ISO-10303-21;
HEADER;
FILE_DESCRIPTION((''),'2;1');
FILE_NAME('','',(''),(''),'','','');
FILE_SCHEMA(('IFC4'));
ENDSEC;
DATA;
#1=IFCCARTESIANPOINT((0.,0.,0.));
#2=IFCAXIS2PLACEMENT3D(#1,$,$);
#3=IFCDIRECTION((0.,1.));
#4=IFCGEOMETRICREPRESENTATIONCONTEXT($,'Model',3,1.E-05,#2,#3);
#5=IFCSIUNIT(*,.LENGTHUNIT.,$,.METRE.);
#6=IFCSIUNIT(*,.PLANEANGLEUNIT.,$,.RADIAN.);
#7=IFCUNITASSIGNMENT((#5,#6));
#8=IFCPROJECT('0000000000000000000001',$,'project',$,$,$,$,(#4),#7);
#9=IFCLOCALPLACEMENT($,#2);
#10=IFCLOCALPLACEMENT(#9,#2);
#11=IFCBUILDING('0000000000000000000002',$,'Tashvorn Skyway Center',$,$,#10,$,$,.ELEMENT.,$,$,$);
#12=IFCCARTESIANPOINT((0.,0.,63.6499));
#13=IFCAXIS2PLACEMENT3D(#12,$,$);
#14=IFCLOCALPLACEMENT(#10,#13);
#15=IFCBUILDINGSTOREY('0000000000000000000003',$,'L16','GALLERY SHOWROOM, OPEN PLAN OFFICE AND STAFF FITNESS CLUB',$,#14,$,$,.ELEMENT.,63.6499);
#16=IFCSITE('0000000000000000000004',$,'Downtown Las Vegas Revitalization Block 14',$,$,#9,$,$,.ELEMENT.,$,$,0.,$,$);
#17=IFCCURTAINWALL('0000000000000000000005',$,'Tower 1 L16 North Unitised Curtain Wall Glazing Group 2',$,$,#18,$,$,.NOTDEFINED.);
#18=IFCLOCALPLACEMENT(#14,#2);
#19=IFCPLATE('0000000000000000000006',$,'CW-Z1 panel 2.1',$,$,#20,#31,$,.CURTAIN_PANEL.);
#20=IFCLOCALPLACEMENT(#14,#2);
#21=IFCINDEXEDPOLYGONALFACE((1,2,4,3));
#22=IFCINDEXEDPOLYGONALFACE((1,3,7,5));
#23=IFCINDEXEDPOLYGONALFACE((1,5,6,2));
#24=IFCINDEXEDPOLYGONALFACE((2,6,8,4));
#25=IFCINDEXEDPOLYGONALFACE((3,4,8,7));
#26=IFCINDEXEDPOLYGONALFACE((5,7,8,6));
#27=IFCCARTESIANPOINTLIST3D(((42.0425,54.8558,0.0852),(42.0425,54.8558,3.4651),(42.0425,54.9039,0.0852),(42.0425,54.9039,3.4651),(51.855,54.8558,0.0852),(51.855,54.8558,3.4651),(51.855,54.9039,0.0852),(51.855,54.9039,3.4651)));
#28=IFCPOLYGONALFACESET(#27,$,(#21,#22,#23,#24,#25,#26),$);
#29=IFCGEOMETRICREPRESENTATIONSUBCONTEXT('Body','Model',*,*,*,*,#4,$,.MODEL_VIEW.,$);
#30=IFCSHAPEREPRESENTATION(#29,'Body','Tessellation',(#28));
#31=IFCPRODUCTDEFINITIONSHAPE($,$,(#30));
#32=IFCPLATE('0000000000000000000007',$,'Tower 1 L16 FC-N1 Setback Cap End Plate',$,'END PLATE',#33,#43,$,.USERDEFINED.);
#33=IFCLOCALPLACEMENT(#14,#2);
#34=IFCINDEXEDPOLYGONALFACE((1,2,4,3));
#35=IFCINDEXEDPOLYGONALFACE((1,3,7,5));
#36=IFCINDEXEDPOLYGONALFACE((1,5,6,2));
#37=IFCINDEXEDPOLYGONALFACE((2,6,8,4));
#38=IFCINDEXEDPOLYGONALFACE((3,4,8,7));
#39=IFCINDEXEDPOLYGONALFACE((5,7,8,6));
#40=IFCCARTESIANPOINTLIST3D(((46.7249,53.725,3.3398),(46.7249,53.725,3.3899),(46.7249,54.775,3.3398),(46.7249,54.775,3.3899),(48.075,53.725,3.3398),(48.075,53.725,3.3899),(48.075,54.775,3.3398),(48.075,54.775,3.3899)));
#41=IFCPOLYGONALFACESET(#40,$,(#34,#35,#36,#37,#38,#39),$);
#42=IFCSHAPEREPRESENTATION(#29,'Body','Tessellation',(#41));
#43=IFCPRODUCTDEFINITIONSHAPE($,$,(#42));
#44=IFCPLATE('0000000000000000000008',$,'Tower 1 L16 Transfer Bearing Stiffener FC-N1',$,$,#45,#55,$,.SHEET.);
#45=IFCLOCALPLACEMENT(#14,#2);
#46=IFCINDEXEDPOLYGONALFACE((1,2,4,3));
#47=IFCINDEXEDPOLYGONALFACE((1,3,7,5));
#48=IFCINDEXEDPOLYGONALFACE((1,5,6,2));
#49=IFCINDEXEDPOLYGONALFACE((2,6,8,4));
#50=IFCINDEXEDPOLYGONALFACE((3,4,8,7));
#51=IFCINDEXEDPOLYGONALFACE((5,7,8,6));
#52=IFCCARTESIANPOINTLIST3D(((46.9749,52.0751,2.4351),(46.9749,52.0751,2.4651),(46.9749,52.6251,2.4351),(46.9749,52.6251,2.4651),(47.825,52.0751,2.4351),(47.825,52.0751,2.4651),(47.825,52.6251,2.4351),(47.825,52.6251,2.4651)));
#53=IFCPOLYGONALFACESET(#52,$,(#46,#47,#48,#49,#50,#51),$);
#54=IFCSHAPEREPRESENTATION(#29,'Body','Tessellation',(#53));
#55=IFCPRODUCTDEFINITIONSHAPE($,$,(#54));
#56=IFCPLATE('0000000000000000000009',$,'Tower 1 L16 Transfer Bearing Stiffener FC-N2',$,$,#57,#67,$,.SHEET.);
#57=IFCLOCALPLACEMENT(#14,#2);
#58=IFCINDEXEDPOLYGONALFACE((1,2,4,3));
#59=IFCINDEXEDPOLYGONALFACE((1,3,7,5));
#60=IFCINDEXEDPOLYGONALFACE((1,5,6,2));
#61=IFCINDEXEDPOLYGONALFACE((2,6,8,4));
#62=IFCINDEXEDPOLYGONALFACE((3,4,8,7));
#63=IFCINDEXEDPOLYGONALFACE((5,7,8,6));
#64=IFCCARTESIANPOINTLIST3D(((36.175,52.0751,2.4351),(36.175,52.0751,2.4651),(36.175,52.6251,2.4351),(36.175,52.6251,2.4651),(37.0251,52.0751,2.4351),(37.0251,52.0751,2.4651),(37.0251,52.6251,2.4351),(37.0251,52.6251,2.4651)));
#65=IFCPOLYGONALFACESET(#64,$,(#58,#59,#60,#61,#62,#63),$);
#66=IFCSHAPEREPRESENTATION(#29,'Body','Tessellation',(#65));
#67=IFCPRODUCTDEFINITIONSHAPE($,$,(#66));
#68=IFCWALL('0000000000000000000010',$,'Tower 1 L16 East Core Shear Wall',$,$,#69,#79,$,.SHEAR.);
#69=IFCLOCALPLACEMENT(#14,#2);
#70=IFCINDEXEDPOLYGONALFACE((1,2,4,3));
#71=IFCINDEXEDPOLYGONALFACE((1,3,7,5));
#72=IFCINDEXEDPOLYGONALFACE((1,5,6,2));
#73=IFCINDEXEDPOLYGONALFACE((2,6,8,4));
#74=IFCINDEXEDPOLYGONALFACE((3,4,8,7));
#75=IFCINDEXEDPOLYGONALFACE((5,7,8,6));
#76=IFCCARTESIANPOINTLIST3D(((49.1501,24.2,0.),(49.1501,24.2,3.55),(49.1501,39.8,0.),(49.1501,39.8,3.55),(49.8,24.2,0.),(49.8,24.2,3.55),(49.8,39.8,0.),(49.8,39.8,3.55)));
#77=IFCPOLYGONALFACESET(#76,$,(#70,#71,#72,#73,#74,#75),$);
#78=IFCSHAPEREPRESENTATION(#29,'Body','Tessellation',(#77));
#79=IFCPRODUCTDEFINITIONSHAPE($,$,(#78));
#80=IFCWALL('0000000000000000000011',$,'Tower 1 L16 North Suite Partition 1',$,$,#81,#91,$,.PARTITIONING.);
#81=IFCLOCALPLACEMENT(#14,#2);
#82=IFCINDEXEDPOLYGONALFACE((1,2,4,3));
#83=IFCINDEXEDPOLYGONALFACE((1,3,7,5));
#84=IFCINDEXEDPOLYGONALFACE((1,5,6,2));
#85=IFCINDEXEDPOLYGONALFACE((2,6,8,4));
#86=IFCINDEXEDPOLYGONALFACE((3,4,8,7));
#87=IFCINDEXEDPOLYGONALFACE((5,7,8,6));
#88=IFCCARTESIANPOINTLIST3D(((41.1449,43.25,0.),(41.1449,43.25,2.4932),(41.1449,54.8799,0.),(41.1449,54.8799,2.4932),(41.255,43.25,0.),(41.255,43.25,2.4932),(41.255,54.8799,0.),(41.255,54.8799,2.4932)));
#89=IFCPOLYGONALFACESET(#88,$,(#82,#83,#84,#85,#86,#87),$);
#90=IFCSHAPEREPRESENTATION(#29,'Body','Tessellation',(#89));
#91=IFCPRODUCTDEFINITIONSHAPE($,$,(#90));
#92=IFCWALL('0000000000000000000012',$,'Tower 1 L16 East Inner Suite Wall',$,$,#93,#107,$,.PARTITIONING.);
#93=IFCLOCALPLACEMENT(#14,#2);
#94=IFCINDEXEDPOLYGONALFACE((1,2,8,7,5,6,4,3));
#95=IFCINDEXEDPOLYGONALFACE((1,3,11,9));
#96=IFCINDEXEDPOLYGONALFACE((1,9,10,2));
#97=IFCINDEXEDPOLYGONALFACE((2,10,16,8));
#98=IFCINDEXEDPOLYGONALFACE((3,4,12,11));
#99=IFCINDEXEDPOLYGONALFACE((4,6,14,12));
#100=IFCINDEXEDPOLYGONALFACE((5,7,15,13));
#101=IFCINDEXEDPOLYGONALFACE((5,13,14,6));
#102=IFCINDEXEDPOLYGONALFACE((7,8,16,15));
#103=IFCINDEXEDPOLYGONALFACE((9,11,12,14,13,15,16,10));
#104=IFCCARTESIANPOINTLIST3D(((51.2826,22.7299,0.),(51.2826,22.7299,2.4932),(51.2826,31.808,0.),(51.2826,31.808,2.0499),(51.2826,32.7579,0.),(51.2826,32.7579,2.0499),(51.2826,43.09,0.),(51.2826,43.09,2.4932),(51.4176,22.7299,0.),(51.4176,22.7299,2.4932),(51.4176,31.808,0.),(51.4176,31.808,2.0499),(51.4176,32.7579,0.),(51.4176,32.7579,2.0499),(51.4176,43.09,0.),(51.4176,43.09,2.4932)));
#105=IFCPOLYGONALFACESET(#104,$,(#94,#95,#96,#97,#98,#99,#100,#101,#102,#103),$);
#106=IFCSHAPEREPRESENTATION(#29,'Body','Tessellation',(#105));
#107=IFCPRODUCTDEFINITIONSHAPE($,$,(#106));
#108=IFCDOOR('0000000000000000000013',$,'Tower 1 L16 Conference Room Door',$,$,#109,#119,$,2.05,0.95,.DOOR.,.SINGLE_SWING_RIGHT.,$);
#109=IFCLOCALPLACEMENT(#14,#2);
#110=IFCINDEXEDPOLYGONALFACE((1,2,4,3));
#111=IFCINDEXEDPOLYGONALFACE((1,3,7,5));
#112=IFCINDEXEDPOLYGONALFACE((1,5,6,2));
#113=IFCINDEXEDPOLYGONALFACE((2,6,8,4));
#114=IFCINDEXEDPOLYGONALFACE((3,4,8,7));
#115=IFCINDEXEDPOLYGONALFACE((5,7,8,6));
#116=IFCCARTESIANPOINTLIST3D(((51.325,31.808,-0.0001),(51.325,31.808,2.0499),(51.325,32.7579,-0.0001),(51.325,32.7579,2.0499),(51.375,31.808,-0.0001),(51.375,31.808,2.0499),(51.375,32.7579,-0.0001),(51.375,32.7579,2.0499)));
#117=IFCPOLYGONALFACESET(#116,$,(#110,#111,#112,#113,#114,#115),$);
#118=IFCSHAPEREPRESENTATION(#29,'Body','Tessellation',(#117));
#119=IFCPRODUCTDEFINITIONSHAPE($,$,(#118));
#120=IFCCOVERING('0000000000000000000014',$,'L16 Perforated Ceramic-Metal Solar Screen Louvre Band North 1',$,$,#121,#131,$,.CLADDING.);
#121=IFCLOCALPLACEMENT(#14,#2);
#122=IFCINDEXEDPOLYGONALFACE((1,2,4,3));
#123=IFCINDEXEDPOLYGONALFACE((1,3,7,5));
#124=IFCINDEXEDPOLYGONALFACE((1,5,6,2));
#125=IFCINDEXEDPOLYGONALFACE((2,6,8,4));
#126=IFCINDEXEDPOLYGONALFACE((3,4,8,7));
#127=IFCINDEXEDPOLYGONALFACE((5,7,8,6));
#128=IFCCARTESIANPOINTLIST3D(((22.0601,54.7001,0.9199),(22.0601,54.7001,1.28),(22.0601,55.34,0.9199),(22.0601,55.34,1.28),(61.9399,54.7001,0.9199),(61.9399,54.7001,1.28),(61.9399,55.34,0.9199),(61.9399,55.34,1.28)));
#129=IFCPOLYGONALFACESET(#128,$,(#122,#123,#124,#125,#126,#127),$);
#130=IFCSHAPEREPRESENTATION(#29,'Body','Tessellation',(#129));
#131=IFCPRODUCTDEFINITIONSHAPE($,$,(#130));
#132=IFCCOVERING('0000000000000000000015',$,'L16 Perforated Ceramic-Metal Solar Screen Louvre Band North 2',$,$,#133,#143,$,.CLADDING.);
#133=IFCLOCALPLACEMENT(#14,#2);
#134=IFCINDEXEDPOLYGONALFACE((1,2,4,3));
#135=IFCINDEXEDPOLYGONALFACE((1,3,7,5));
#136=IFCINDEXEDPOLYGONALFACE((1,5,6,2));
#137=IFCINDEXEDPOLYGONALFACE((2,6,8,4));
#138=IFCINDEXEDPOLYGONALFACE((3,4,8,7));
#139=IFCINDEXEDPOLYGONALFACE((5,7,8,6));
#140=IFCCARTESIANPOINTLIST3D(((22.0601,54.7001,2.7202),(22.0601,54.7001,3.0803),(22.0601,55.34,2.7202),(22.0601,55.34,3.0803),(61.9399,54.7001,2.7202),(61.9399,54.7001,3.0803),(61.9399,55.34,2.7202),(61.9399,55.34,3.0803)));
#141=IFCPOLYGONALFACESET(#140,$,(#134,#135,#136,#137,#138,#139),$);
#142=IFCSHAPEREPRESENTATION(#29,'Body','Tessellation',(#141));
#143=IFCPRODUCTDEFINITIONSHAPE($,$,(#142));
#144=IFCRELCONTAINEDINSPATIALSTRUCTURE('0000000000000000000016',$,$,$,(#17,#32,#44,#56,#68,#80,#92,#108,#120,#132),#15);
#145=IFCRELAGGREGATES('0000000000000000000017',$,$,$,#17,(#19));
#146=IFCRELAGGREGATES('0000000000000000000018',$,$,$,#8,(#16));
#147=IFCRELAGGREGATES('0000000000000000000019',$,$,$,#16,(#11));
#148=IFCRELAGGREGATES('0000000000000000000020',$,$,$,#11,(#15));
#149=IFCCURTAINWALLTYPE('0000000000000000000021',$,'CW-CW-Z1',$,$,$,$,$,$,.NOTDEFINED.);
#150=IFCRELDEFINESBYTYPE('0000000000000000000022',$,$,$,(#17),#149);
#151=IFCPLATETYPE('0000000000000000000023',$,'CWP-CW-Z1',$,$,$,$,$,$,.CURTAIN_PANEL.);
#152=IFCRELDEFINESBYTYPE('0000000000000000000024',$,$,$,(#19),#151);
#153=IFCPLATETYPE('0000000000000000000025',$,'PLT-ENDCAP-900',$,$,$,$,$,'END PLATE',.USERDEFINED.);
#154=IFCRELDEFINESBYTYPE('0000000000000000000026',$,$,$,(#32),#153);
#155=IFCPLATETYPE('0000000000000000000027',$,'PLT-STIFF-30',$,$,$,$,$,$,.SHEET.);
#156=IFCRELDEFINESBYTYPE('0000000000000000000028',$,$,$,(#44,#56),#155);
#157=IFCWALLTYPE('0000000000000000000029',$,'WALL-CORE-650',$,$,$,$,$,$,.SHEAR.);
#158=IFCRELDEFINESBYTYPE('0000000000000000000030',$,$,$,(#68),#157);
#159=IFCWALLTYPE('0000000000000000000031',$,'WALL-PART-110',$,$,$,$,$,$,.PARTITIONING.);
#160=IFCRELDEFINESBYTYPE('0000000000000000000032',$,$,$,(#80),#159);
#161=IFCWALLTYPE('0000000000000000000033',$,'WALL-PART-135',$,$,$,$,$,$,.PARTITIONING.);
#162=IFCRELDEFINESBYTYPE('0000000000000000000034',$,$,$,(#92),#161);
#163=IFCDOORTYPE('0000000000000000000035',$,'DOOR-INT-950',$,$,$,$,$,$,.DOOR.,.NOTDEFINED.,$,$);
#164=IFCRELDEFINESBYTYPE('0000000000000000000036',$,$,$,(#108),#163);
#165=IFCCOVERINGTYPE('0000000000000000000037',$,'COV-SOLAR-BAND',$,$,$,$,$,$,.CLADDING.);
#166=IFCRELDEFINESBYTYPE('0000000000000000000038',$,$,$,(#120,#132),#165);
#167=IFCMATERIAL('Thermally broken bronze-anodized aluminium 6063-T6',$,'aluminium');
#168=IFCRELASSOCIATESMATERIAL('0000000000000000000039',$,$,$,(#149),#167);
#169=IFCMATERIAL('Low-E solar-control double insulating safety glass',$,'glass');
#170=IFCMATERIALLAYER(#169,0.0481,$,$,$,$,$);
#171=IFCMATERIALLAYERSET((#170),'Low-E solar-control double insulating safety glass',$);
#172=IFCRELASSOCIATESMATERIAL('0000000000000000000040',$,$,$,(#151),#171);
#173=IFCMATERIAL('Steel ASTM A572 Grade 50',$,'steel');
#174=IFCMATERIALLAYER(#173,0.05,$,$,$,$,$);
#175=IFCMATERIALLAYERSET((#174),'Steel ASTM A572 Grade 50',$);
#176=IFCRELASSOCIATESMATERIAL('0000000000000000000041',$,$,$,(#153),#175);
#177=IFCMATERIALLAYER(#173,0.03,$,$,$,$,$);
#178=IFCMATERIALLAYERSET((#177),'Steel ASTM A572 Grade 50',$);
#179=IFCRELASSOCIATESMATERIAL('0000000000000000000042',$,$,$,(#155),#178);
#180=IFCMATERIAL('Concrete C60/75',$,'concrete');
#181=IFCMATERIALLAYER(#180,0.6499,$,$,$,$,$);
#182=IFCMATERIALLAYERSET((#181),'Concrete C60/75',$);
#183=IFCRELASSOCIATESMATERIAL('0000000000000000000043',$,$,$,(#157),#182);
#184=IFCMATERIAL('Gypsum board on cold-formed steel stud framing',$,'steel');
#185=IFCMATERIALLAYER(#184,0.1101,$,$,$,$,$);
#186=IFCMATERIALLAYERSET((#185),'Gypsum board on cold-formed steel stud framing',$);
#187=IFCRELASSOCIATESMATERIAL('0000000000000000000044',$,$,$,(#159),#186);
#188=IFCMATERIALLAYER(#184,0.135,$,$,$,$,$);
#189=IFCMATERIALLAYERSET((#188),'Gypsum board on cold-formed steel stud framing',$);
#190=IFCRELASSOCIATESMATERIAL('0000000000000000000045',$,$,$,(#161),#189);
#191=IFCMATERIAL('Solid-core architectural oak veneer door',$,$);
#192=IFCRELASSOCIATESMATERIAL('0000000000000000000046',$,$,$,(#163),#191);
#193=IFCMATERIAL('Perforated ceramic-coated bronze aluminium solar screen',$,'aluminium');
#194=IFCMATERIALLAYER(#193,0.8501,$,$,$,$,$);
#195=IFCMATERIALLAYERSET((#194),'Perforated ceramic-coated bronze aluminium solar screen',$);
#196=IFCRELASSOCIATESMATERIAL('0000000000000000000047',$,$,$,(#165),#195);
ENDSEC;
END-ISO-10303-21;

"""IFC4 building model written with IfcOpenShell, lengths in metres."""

from ifc_helpers import new_model, si_unit, direction, frame, frame_2d, origin, origin_2d, place, context, subcontext, project, spatial, rectangle, extrude, material, layer, layer_set, type_object, element, fill, aggregate, save


model = new_model("IFC4")

# Units and contexts
model_context = context("Model", 3, precision=1e-05, world=origin(), true_north=direction((0.0, 1.0)))
body_context = subcontext(model_context, "Body", "Model", "MODEL_VIEW")
ifc_project = project(units=[si_unit("LENGTHUNIT", "METRE"), si_unit("PLANEANGLEUNIT", "RADIAN")], contexts=[model_context])

# Site, building, storey
site_placement = place(None, origin())
site = spatial("IfcSite", under=ifc_project, at=site_placement, Name="Downtown Las Vegas Revitalization Block 14", CompositionType="ELEMENT", RefElevation=0.0)
building_placement = place(site_placement, origin())
building = spatial("IfcBuilding", under=site, at=building_placement, Name="Tashvorn Skyway Center", CompositionType="ELEMENT")
storey_placement = place(building_placement, frame((0.0, 0.0, 63.6499)))
storey = spatial("IfcBuildingStorey", under=building, at=storey_placement, Name="L16", Description="GALLERY SHOWROOM, OPEN PLAN OFFICE AND STAFF FITNESS CLUB", CompositionType="ELEMENT", Elevation=63.6499)

# Shared definitions
ifc_material_1 = material(Name="Steel ASTM A572 Grade 50", Category="steel")

# Curtain wall
ifc_material_2 = material(Name="Thermally broken bronze-anodized aluminium 6063-T6", Category="aluminium")
curtain_wall_type = type_object("IfcCurtainWallType", Name="CW-CW-Z1", PredefinedType="NOTDEFINED", material=ifc_material_2)
curtain_wall_1_placement = place(storey_placement, origin())
curtain_wall_1 = element("IfcCurtainWall", 1, at=curtain_wall_1_placement, inside=storey, type_object=curtain_wall_type, Name="Tower 1 L16 North Unitised Curtain Wall Glazing Group 2", PredefinedType="NOTDEFINED")

# Plate
ifc_material_3 = material(Name="Low-E solar-control double insulating safety glass", Category="glass")
ifc_layer_1 = layer(ifc_material_3, 0.0481)
ifc_layer_set_1 = layer_set([ifc_layer_1], Name="Low-E solar-control double insulating safety glass")
plate_type_1 = type_object("IfcPlateType", Name="CWP-CW-Z1", PredefinedType="CURTAIN_PANEL", material=ifc_layer_set_1)
plate_1_placement = place(storey_placement, frame((46.9487, 54.8799, 0.0852), z_axis=(0.0, 0.0, 1.0), x_axis=(1.0, 0.0, 0.0)))
plate_1 = element("IfcPlate", 2, at=plate_1_placement, type_object=plate_type_1, Name="CW-Z1 panel 2.1", PredefinedType="CURTAIN_PANEL", context=body_context, shape_type="SweptSolid", body=[
    extrude(rectangle(XDim=9.8125, YDim=0.0481, at=origin_2d()), origin(), (0.0, 0.0, 1.0), 3.3799),
])
aggregate(curtain_wall_1, [plate_1])

# Plates
ifc_layer_2 = layer(ifc_material_1, 0.05)
ifc_layer_set_2 = layer_set([ifc_layer_2], Name="Steel ASTM A572 Grade 50")
plate_type_2 = type_object("IfcPlateType", Name="PLT-ENDCAP-900", ElementType="END PLATE", PredefinedType="USERDEFINED", material=ifc_layer_set_2)
plate_2_placement = place(storey_placement, frame((47.3999, 54.25, 3.3398), z_axis=(0.0, 0.0, 1.0), x_axis=(1.0, 0.0, 0.0)))
element("IfcPlate", 3, at=plate_2_placement, inside=storey, type_object=plate_type_2, Name="Tower 1 L16 FC-N1 Setback Cap End Plate", ObjectType="END PLATE", PredefinedType="USERDEFINED", context=body_context, shape_type="SweptSolid", body=[
    extrude(rectangle(XDim=1.3501, YDim=1.05, at=origin_2d()), origin(), (0.0, 0.0, 1.0), 0.05),
])
ifc_layer_3 = layer(ifc_material_1, 0.03)
ifc_layer_set_3 = layer_set([ifc_layer_3], Name="Steel ASTM A572 Grade 50")
plate_type_3 = type_object("IfcPlateType", Name="PLT-STIFF-30", PredefinedType="SHEET", material=ifc_layer_set_3)
for number, where, z_axis, x_axis, name in (
    (4, (47.3999, 52.3501, 2.4351), (0.0, 0.0, 1.0), (1.0, 0.0, 0.0), "Tower 1 L16 Transfer Bearing Stiffener FC-N1"),
    (5, (36.6001, 52.3501, 2.4351), (0.0, 0.0, 1.0), (1.0, 0.0, 0.0), "Tower 1 L16 Transfer Bearing Stiffener FC-N2"),
):
    element("IfcPlate", number, at=place(storey_placement, frame(where, z_axis=z_axis, x_axis=x_axis)), inside=storey, type_object=plate_type_3, Name=name, PredefinedType="SHEET", context=body_context, shape_type="SweptSolid", body=[
        extrude(rectangle(XDim=0.8501, YDim=0.55, at=origin_2d()), origin(), (0.0, 0.0, 1.0), 0.03),
    ])

# Walls
ifc_material_4 = material(Name="Concrete C60/75", Category="concrete")
ifc_layer_4 = layer(ifc_material_4, 0.6499)
ifc_layer_set_4 = layer_set([ifc_layer_4], Name="Concrete C60/75")
wall_type_1 = type_object("IfcWallType", Name="WALL-CORE-650", PredefinedType="SHEAR", material=ifc_layer_set_4)
wall_1_placement = place(storey_placement, frame((49.4751, 39.8, 0.0), z_axis=(0.0, 0.0, 1.0), x_axis=(0.0, -1.0, 0.0)))
element("IfcWall", 6, at=wall_1_placement, inside=storey, type_object=wall_type_1, Name="Tower 1 L16 East Core Shear Wall", PredefinedType="SHEAR", context=body_context, shape_type="SweptSolid", body=[
    extrude(rectangle(XDim=15.6001, YDim=0.6499, at=frame_2d((7.8, 0.0))), origin(), (0.0, 0.0, 1.0), 3.55),
])
ifc_material_5 = material(Name="Gypsum board on cold-formed steel stud framing", Category="steel")
ifc_layer_5 = layer(ifc_material_5, 0.1101)
ifc_layer_set_5 = layer_set([ifc_layer_5], Name="Gypsum board on cold-formed steel stud framing")
wall_type_2 = type_object("IfcWallType", Name="WALL-PART-110", PredefinedType="PARTITIONING", material=ifc_layer_set_5)
wall_2_placement = place(storey_placement, frame((41.2, 43.25, 0.0), z_axis=(0.0, 0.0, 1.0), x_axis=(0.0, 1.0, 0.0)))
element("IfcWall", 7, at=wall_2_placement, inside=storey, type_object=wall_type_2, Name="Tower 1 L16 North Suite Partition 1", PredefinedType="PARTITIONING", context=body_context, shape_type="SweptSolid", body=[
    extrude(rectangle(XDim=11.6299, YDim=0.1101, at=frame_2d((5.8149, 0.0))), origin(), (0.0, 0.0, 1.0), 2.4932),
])

# Wall, opening, door
ifc_layer_6 = layer(ifc_material_5, 0.135)
ifc_layer_set_6 = layer_set([ifc_layer_6], Name="Gypsum board on cold-formed steel stud framing")
wall_type_3 = type_object("IfcWallType", Name="WALL-PART-135", PredefinedType="PARTITIONING", material=ifc_layer_set_6)
wall_3_placement = place(storey_placement, frame((51.3501, 43.0901, 0.0), z_axis=(0.0, 0.0, 1.0), x_axis=(0.0, -1.0, 0.0)))
wall_3 = element("IfcWall", 8, at=wall_3_placement, inside=storey, type_object=wall_type_3, Name="Tower 1 L16 East Inner Suite Wall", PredefinedType="PARTITIONING", context=body_context, shape_type="SweptSolid", body=[
    extrude(rectangle(XDim=20.3601, YDim=0.135, at=frame_2d((10.1802, 0.0))), origin(), (0.0, 0.0, 1.0), 2.4932),
])
opening_placement = place(wall_3_placement, frame((10.332, 0.0, 0.0)))
opening = element("IfcOpeningElement", 9, at=opening_placement, cuts=wall_3, PredefinedType="OPENING", context=body_context, shape_type="SweptSolid", body=[
    extrude(rectangle(XDim=0.95, YDim=2.05, at=frame_2d((0.4751, 1.0249))), frame((0.0, 0.0774, 0.0), z_axis=(0.0, -1.0, 0.0), x_axis=(1.0, 0.0, 0.0)), (0.0, 0.0, 1.0), 0.155),
])
ifc_material_6 = material(Name="Solid-core architectural oak veneer door")
door_type = type_object("IfcDoorType", Name="DOOR-INT-950", OperationType="NOTDEFINED", PredefinedType="DOOR", material=ifc_material_6)
door_placement = place(opening_placement, origin())
door = element("IfcDoor", 10, at=door_placement, inside=storey, type_object=door_type, Name="Tower 1 L16 Conference Room Door", OperationType="SINGLE_SWING_RIGHT", OverallHeight=2.05, OverallWidth=0.95, PredefinedType="DOOR", context=body_context, shape_type="SweptSolid", body=[
    extrude(rectangle(XDim=0.95, YDim=2.05, at=frame_2d((0.4751, 1.0249))), frame((0.0, 0.0249, 0.0), z_axis=(0.0, -1.0, 0.0), x_axis=(1.0, 0.0, 0.0)), (0.0, 0.0, 1.0), 0.05),
])
fill(opening, door)

# Coverings
ifc_material_7 = material(Name="Perforated ceramic-coated bronze aluminium solar screen", Category="aluminium")
ifc_layer_7 = layer(ifc_material_7, 0.8501)
ifc_layer_set_7 = layer_set([ifc_layer_7], Name="Perforated ceramic-coated bronze aluminium solar screen")
covering_type = type_object("IfcCoveringType", Name="COV-SOLAR-BAND", PredefinedType="CLADDING", material=ifc_layer_set_7)
for number, where, z_axis, x_axis, name in (
    (11, (42.0, 55.02, 0.9199), (0.0, 0.0, 1.0), (1.0, 0.0, 0.0), "L16 Perforated Ceramic-Metal Solar Screen Louvre Band North 1"),
    (12, (42.0, 55.02, 2.7202), (0.0, 0.0, 1.0), (1.0, 0.0, 0.0), "L16 Perforated Ceramic-Metal Solar Screen Louvre Band North 2"),
):
    element("IfcCovering", number, at=place(storey_placement, frame(where, z_axis=z_axis, x_axis=x_axis)), inside=storey, type_object=covering_type, Name=name, PredefinedType="CLADDING", context=body_context, shape_type="SweptSolid", body=[
        extrude(rectangle(XDim=39.8799, YDim=0.6399, at=origin_2d()), origin(), (0.0, 0.0, 1.0), 0.3601),
    ])

save(model, "model.ifc")
